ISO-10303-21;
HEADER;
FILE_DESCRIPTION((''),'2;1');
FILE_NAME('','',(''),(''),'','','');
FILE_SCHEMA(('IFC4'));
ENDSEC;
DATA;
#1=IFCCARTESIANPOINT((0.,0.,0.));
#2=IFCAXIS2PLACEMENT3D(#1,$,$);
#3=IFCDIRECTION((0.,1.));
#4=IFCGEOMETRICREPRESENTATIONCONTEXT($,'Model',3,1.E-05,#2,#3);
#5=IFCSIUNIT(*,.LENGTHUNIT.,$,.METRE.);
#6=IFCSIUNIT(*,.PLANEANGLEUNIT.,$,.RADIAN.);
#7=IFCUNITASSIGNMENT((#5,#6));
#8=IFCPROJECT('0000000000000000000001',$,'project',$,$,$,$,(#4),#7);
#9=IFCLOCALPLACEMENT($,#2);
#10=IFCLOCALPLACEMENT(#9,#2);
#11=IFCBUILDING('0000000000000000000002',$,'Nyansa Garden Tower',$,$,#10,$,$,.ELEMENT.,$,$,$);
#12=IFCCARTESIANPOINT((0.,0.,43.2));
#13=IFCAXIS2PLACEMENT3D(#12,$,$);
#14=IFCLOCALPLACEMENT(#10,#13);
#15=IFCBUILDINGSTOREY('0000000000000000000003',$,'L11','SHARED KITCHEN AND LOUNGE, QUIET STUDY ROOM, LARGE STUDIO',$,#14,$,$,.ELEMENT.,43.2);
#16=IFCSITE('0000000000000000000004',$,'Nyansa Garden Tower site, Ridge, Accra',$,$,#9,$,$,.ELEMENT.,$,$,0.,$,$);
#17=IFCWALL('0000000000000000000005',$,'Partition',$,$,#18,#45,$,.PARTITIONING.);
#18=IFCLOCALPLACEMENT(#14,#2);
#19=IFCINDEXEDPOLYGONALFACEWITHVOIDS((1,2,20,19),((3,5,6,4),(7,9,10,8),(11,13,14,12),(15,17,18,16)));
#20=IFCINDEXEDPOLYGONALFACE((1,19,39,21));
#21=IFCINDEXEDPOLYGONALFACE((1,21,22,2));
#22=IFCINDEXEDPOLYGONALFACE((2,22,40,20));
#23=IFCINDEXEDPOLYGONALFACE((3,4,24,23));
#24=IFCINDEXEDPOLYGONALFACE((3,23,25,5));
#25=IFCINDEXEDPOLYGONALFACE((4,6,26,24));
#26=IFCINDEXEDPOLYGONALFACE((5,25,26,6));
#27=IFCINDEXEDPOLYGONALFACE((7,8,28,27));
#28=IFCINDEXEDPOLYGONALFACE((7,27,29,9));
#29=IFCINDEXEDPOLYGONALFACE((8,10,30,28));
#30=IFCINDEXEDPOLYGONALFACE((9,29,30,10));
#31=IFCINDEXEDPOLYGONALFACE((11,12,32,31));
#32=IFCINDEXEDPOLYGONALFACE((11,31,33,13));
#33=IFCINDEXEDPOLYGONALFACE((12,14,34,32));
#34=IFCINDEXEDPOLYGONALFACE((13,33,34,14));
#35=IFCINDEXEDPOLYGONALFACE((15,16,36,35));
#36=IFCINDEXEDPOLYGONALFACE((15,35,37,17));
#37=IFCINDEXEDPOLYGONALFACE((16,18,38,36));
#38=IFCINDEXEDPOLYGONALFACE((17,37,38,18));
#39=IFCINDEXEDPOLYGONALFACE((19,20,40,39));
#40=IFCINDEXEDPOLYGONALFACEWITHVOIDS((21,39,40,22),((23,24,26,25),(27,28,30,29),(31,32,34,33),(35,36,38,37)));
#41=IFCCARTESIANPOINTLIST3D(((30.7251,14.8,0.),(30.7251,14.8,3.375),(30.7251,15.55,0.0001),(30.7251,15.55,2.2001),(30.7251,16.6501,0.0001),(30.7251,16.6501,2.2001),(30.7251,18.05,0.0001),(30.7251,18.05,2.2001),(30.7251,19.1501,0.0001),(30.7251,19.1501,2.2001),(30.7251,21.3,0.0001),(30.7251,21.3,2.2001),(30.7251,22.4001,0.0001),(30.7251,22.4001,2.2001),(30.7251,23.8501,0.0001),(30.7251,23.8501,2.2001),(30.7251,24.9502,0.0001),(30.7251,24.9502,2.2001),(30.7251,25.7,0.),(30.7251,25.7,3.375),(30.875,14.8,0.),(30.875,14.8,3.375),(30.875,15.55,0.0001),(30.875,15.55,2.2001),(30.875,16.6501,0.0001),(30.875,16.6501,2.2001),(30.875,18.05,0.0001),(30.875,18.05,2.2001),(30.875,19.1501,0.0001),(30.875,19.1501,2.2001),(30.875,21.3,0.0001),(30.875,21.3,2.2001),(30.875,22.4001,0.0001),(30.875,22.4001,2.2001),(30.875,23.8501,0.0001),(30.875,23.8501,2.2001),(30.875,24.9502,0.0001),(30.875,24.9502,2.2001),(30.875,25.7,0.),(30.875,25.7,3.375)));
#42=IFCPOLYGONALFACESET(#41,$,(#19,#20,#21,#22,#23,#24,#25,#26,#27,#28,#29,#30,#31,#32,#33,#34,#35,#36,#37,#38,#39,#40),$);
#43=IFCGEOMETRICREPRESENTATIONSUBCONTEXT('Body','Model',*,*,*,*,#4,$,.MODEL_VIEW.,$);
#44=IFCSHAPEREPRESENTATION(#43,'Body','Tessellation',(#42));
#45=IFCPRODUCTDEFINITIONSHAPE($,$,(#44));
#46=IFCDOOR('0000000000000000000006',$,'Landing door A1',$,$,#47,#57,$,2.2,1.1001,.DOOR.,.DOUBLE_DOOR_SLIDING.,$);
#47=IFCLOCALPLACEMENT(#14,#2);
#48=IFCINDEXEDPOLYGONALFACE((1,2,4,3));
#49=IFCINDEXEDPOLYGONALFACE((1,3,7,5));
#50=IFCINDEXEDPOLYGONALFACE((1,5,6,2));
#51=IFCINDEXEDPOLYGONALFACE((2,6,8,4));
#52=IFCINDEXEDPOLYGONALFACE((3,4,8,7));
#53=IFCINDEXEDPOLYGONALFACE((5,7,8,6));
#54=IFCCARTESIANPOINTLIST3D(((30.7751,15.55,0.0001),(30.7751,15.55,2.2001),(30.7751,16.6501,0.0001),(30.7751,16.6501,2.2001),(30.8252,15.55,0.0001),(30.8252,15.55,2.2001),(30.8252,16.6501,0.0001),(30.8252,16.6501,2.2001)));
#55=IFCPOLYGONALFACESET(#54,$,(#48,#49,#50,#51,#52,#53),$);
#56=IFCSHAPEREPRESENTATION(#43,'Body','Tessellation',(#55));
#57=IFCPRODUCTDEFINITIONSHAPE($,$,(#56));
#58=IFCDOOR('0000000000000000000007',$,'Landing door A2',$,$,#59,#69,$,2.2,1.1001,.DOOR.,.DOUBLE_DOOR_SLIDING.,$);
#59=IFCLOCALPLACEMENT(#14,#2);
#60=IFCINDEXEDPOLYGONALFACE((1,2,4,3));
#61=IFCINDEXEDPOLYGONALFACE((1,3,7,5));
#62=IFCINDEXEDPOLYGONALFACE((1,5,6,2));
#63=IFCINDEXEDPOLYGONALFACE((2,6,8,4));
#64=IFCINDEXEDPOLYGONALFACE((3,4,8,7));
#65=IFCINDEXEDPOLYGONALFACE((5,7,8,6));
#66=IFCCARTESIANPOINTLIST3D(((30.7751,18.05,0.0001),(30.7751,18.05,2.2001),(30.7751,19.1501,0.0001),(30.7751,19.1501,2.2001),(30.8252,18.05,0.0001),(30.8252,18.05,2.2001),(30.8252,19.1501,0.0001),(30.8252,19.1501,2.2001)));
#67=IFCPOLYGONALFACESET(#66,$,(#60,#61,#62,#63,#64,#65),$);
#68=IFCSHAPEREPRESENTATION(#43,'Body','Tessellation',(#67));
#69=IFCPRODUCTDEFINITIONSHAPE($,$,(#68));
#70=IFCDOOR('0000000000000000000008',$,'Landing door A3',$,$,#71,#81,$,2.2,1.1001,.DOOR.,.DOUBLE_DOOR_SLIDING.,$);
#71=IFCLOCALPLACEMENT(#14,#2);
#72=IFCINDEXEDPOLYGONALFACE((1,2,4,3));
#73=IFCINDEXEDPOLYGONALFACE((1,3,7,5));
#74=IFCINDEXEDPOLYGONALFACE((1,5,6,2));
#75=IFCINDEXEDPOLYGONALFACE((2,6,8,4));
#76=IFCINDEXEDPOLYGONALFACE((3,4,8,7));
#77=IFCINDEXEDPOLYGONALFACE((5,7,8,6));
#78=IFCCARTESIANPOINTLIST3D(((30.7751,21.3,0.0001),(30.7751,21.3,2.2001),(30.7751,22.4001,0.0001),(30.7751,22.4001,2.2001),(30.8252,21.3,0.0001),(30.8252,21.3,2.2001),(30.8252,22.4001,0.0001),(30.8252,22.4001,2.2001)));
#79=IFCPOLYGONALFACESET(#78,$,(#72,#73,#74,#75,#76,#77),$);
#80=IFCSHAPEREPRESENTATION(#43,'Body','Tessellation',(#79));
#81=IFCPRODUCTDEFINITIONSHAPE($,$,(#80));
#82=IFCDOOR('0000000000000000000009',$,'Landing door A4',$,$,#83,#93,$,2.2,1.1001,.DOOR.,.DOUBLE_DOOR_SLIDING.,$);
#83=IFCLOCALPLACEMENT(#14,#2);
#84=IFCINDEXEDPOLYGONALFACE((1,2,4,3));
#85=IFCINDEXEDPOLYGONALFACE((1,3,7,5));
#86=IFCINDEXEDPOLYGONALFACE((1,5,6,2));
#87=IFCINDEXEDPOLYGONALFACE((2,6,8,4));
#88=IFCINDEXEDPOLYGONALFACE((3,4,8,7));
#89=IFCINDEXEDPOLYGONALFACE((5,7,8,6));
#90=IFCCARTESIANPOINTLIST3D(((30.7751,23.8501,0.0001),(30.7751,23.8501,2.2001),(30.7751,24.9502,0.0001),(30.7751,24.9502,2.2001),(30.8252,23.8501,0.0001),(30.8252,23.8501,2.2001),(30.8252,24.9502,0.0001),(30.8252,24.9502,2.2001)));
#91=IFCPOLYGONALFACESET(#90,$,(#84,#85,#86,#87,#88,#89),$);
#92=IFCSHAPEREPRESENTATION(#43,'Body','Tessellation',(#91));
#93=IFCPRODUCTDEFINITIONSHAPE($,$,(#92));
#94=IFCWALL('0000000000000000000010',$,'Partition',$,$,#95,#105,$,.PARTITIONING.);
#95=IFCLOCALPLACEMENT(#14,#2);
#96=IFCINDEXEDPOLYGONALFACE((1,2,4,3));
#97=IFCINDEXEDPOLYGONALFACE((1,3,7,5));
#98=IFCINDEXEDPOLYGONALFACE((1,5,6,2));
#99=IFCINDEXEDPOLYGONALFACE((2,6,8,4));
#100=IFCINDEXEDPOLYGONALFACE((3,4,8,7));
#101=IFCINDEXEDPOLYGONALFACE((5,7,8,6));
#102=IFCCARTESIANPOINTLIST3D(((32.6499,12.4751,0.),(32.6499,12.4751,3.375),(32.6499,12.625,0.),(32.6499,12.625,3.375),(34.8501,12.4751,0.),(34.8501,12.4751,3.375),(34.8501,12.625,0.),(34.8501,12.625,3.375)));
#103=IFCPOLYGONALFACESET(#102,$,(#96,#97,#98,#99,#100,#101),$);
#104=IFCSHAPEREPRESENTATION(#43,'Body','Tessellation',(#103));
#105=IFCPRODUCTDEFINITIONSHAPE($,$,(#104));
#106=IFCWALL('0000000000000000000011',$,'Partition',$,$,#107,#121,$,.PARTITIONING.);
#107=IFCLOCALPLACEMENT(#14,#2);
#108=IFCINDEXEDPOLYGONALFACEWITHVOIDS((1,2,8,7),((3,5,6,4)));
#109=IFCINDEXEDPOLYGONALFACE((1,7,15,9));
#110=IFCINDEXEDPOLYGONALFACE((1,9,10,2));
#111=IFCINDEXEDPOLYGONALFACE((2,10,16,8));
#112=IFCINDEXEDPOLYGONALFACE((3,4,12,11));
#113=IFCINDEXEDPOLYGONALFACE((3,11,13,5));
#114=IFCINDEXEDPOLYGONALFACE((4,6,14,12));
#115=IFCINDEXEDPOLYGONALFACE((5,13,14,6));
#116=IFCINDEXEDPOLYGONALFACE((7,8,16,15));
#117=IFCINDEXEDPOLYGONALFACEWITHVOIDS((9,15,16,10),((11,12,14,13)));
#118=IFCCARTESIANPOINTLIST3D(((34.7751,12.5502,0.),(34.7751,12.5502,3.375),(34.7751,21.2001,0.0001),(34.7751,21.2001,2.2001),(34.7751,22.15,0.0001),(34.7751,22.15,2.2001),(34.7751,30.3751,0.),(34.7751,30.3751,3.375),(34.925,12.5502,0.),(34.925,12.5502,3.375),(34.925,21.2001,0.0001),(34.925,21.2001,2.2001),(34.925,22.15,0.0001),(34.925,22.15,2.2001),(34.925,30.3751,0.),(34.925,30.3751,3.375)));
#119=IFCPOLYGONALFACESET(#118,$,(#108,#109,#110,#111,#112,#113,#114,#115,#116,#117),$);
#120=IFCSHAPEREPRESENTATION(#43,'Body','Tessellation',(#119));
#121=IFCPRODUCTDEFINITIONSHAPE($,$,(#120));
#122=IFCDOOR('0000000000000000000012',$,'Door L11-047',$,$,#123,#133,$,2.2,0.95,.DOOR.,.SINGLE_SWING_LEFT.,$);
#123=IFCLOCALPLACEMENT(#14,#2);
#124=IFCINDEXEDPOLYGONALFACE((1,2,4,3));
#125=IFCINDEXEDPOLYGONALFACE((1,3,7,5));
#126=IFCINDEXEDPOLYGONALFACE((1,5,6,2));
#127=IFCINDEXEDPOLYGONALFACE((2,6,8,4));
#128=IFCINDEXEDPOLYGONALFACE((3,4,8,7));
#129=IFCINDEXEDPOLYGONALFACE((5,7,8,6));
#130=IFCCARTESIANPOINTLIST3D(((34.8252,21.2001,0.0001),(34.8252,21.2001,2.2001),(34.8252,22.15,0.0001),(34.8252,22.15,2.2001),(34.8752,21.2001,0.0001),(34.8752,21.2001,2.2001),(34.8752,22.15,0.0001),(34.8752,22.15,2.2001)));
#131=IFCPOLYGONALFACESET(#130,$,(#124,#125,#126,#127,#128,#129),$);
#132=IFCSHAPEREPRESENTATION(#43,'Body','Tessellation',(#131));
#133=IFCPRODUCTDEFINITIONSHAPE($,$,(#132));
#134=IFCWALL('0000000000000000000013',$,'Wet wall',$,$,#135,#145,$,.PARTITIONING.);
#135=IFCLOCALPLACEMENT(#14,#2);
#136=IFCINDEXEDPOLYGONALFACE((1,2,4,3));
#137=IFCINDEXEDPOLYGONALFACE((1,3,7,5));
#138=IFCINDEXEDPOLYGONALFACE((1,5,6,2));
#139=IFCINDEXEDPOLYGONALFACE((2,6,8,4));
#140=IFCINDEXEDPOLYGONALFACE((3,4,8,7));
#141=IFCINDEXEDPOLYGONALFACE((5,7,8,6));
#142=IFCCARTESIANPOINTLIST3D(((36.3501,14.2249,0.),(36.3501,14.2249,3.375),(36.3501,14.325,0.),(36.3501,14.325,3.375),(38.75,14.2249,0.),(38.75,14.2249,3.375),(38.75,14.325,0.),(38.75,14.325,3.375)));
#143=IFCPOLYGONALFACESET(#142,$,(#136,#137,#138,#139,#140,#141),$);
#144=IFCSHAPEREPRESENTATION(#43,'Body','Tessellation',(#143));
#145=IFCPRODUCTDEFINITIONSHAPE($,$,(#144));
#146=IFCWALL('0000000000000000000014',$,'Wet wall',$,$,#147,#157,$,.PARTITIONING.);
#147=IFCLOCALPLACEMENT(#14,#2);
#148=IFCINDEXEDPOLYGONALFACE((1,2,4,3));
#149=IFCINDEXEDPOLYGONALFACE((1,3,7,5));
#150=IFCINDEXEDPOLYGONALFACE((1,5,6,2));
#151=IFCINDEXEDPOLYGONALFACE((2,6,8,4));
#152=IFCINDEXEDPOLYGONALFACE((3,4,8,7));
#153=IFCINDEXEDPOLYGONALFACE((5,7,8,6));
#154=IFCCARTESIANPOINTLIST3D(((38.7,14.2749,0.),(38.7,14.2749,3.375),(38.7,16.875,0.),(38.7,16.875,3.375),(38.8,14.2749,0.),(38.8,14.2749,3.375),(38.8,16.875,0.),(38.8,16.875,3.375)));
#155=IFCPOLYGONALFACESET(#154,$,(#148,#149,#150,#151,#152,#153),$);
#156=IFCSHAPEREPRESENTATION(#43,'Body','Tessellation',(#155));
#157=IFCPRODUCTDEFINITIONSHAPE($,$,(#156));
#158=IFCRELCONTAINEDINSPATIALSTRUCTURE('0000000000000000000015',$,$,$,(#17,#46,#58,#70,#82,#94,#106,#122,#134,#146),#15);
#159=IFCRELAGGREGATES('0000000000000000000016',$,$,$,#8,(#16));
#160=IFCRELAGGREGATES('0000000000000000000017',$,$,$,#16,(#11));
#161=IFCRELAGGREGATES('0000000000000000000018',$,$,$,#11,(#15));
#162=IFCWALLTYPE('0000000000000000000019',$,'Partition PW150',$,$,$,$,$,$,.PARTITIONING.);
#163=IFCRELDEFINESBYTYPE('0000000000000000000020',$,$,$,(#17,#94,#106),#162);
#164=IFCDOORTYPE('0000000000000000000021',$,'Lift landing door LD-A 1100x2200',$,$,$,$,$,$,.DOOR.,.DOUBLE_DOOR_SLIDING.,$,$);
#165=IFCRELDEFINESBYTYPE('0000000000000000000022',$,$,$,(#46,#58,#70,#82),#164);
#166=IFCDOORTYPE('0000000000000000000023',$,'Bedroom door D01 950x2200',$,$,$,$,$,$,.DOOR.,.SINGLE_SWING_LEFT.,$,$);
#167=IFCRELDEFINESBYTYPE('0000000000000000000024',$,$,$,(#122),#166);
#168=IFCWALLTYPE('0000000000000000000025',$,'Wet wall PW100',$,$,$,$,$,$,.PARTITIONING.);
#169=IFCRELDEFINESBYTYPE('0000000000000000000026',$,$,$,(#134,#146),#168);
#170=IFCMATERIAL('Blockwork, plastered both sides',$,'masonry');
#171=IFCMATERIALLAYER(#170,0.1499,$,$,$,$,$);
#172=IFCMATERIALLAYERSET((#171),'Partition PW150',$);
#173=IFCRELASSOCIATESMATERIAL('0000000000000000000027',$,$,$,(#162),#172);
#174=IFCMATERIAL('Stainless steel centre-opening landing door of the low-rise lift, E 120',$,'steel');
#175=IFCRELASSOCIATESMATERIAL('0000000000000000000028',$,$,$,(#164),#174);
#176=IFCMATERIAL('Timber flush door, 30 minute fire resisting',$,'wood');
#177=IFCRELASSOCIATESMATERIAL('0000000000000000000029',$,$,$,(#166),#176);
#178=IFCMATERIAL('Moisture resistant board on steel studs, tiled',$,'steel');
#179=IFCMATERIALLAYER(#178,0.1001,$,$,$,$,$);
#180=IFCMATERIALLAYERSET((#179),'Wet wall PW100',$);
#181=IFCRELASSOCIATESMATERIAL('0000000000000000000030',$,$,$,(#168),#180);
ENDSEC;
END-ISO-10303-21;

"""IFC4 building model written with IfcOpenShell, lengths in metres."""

from ifc_helpers import new_model, si_unit, direction, frame, frame_2d, origin, place, context, subcontext, project, spatial, rectangle, extrude, material, layer, layer_set, type_object, element, fill, save


model = new_model("IFC4")

# Units and contexts
model_context = context("Model", 3, precision=1e-05, world=origin(), true_north=direction((0.0, 1.0)))
body_context = subcontext(model_context, "Body", "Model", "MODEL_VIEW")
ifc_project = project(units=[si_unit("LENGTHUNIT", "METRE"), si_unit("PLANEANGLEUNIT", "RADIAN")], contexts=[model_context])

# Site, building, storey
site_placement = place(None, origin())
site = spatial("IfcSite", under=ifc_project, at=site_placement, Name="Nyansa Garden Tower site, Ridge, Accra", CompositionType="ELEMENT", RefElevation=0.0)
building_placement = place(site_placement, origin())
building = spatial("IfcBuilding", under=site, at=building_placement, Name="Nyansa Garden Tower", CompositionType="ELEMENT")
storey_placement = place(building_placement, frame((0.0, 0.0, 43.2)))
storey = spatial("IfcBuildingStorey", under=building, at=storey_placement, Name="L11", Description="SHARED KITCHEN AND LOUNGE, QUIET STUDY ROOM, LARGE STUDIO", CompositionType="ELEMENT", Elevation=43.2)

# Wall, openings, doors
ifc_material_1 = material(Name="Blockwork, plastered both sides", Category="masonry")
ifc_layer_1 = layer(ifc_material_1, 0.1499)
ifc_layer_set_1 = layer_set([ifc_layer_1], Name="Partition PW150")
wall_type_1 = type_object("IfcWallType", Name="Partition PW150", PredefinedType="PARTITIONING", material=ifc_layer_set_1)
wall_1_placement = place(storey_placement, frame((30.8, 14.8, 0.0), z_axis=(0.0, 0.0, 1.0), x_axis=(0.0, 1.0, 0.0)))
wall_1 = element("IfcWall", 1, at=wall_1_placement, inside=storey, type_object=wall_type_1, Name="Partition", PredefinedType="PARTITIONING", context=body_context, shape_type="SweptSolid", body=[
    extrude(rectangle(XDim=10.8999, YDim=0.1499, at=frame_2d((5.45, 0.0))), origin(), (0.0, 0.0, 1.0), 3.375),
])
opening_1_placement = place(wall_1_placement, frame((0.75, 0.0, 0.0)))
opening_1 = element("IfcOpeningElement", 2, at=opening_1_placement, cuts=wall_1, PredefinedType="OPENING", context=body_context, shape_type="SweptSolid", body=[
    extrude(rectangle(XDim=1.1001, YDim=2.2, at=frame_2d((0.55, 1.1001))), frame((0.0, 0.085, 0.0), z_axis=(0.0, -1.0, 0.0), x_axis=(1.0, 0.0, 0.0)), (0.0, 0.0, 1.0), 0.1699),
])
opening_2_placement = place(wall_1_placement, frame((3.25, 0.0, 0.0)))
opening_2 = element("IfcOpeningElement", 3, at=opening_2_placement, cuts=wall_1, PredefinedType="OPENING", context=body_context, shape_type="SweptSolid", body=[
    extrude(rectangle(XDim=1.1001, YDim=2.2, at=frame_2d((0.55, 1.1001))), frame((0.0, 0.085, 0.0), z_axis=(0.0, -1.0, 0.0), x_axis=(1.0, 0.0, 0.0)), (0.0, 0.0, 1.0), 0.1699),
])
opening_3_placement = place(wall_1_placement, frame((6.5, 0.0, 0.0)))
opening_3 = element("IfcOpeningElement", 4, at=opening_3_placement, cuts=wall_1, PredefinedType="OPENING", context=body_context, shape_type="SweptSolid", body=[
    extrude(rectangle(XDim=1.1001, YDim=2.2, at=frame_2d((0.55, 1.1001))), frame((0.0, 0.085, 0.0), z_axis=(0.0, -1.0, 0.0), x_axis=(1.0, 0.0, 0.0)), (0.0, 0.0, 1.0), 0.1699),
])
opening_4_placement = place(wall_1_placement, frame((9.05, 0.0, 0.0)))
opening_4 = element("IfcOpeningElement", 5, at=opening_4_placement, cuts=wall_1, PredefinedType="OPENING", context=body_context, shape_type="SweptSolid", body=[
    extrude(rectangle(XDim=1.1001, YDim=2.2, at=frame_2d((0.55, 1.1001))), frame((0.0, 0.085, 0.0), z_axis=(0.0, -1.0, 0.0), x_axis=(1.0, 0.0, 0.0)), (0.0, 0.0, 1.0), 0.1699),
])
ifc_material_2 = material(Name="Stainless steel centre-opening landing door of the low-rise lift, E 120", Category="steel")
door_type_1 = type_object("IfcDoorType", Name="Lift landing door LD-A 1100x2200", OperationType="DOUBLE_DOOR_SLIDING", PredefinedType="DOOR", material=ifc_material_2)
door_1_placement = place(opening_1_placement, origin())
door_1 = element("IfcDoor", 6, at=door_1_placement, inside=storey, type_object=door_type_1, Name="Landing door A1", OperationType="DOUBLE_DOOR_SLIDING", OverallHeight=2.2, OverallWidth=1.1001, PredefinedType="DOOR", context=body_context, shape_type="SweptSolid", body=[
    extrude(rectangle(XDim=1.1001, YDim=2.2, at=frame_2d((0.55, 1.1001))), frame((0.0, 0.0249, 0.0), z_axis=(0.0, -1.0, 0.0), x_axis=(1.0, 0.0, 0.0)), (0.0, 0.0, 1.0), 0.05),
])
fill(opening_1, door_1)
door_2_placement = place(opening_2_placement, origin())
door_2 = element("IfcDoor", 7, at=door_2_placement, inside=storey, type_object=door_type_1, Name="Landing door A2", OperationType="DOUBLE_DOOR_SLIDING", OverallHeight=2.2, OverallWidth=1.1001, PredefinedType="DOOR", context=body_context, shape_type="SweptSolid", body=[
    extrude(rectangle(XDim=1.1001, YDim=2.2, at=frame_2d((0.55, 1.1001))), frame((0.0, 0.0249, 0.0), z_axis=(0.0, -1.0, 0.0), x_axis=(1.0, 0.0, 0.0)), (0.0, 0.0, 1.0), 0.05),
])
fill(opening_2, door_2)
door_3_placement = place(opening_3_placement, origin())
door_3 = element("IfcDoor", 8, at=door_3_placement, inside=storey, type_object=door_type_1, Name="Landing door A3", OperationType="DOUBLE_DOOR_SLIDING", OverallHeight=2.2, OverallWidth=1.1001, PredefinedType="DOOR", context=body_context, shape_type="SweptSolid", body=[
    extrude(rectangle(XDim=1.1001, YDim=2.2, at=frame_2d((0.55, 1.1001))), frame((0.0, 0.0249, 0.0), z_axis=(0.0, -1.0, 0.0), x_axis=(1.0, 0.0, 0.0)), (0.0, 0.0, 1.0), 0.05),
])
fill(opening_3, door_3)
door_4_placement = place(opening_4_placement, origin())
door_4 = element("IfcDoor", 9, at=door_4_placement, inside=storey, type_object=door_type_1, Name="Landing door A4", OperationType="DOUBLE_DOOR_SLIDING", OverallHeight=2.2, OverallWidth=1.1001, PredefinedType="DOOR", context=body_context, shape_type="SweptSolid", body=[
    extrude(rectangle(XDim=1.1001, YDim=2.2, at=frame_2d((0.55, 1.1001))), frame((0.0, 0.0249, 0.0), z_axis=(0.0, -1.0, 0.0), x_axis=(1.0, 0.0, 0.0)), (0.0, 0.0, 1.0), 0.05),
])
fill(opening_4, door_4)

# Wall
wall_2_placement = place(storey_placement, frame((32.6499, 12.55, 0.0), z_axis=(0.0, 0.0, 1.0), x_axis=(1.0, 0.0, 0.0)))
element("IfcWall", 10, at=wall_2_placement, inside=storey, type_object=wall_type_1, Name="Partition", PredefinedType="PARTITIONING", context=body_context, shape_type="SweptSolid", body=[
    extrude(rectangle(XDim=2.2002, YDim=0.1499, at=frame_2d((1.1001, 0.0))), origin(), (0.0, 0.0, 1.0), 3.375),
])

# Wall, opening, door
wall_3_placement = place(storey_placement, frame((34.8501, 12.55, 0.0), z_axis=(0.0, 0.0, 1.0), x_axis=(0.0, 1.0, 0.0)))
wall_3 = element("IfcWall", 11, at=wall_3_placement, inside=storey, type_object=wall_type_1, Name="Partition", PredefinedType="PARTITIONING", context=body_context, shape_type="SweptSolid", body=[
    extrude(rectangle(XDim=17.825, YDim=0.1499, at=frame_2d((8.9126, 0.0))), origin(), (0.0, 0.0, 1.0), 3.375),
])
opening_5_placement = place(wall_3_placement, frame((8.6499, 0.0, 0.0)))
opening_5 = element("IfcOpeningElement", 12, at=opening_5_placement, cuts=wall_3, PredefinedType="OPENING", context=body_context, shape_type="SweptSolid", body=[
    extrude(rectangle(XDim=0.95, YDim=2.2, at=frame_2d((0.4751, 1.1001))), frame((0.0, 0.085, 0.0), z_axis=(0.0, -1.0, 0.0), x_axis=(1.0, 0.0, 0.0)), (0.0, 0.0, 1.0), 0.1699),
])
ifc_material_3 = material(Name="Timber flush door, 30 minute fire resisting", Category="wood")
door_type_2 = type_object("IfcDoorType", Name="Bedroom door D01 950x2200", OperationType="SINGLE_SWING_LEFT", PredefinedType="DOOR", material=ifc_material_3)
door_5_placement = place(opening_5_placement, origin())
door_5 = element("IfcDoor", 13, at=door_5_placement, inside=storey, type_object=door_type_2, Name="Door L11-047", OperationType="SINGLE_SWING_LEFT", OverallHeight=2.2, OverallWidth=0.95, PredefinedType="DOOR", context=body_context, shape_type="SweptSolid", body=[
    extrude(rectangle(XDim=0.95, YDim=2.2, at=frame_2d((0.4751, 1.1001))), frame((0.0, 0.0249, 0.0), z_axis=(0.0, -1.0, 0.0), x_axis=(1.0, 0.0, 0.0)), (0.0, 0.0, 1.0), 0.05),
])
fill(opening_5, door_5)

# Walls
ifc_material_4 = material(Name="Moisture resistant board on steel studs, tiled", Category="steel")
ifc_layer_2 = layer(ifc_material_4, 0.1001)
ifc_layer_set_2 = layer_set([ifc_layer_2], Name="Wet wall PW100")
wall_type_2 = type_object("IfcWallType", Name="Wet wall PW100", PredefinedType="PARTITIONING", material=ifc_layer_set_2)
wall_4_placement = place(storey_placement, frame((36.3501, 14.2749, 0.0), z_axis=(0.0, 0.0, 1.0), x_axis=(1.0, 0.0, 0.0)))
element("IfcWall", 14, at=wall_4_placement, inside=storey, type_object=wall_type_2, Name="Wet wall", PredefinedType="PARTITIONING", context=body_context, shape_type="SweptSolid", body=[
    extrude(rectangle(XDim=2.3999, YDim=0.1001, at=frame_2d((1.2, 0.0))), origin(), (0.0, 0.0, 1.0), 3.375),
])
wall_5_placement = place(storey_placement, frame((38.75, 14.2749, 0.0), z_axis=(0.0, 0.0, 1.0), x_axis=(0.0, 1.0, 0.0)))
element("IfcWall", 15, at=wall_5_placement, inside=storey, type_object=wall_type_2, Name="Wet wall", PredefinedType="PARTITIONING", context=body_context, shape_type="SweptSolid", body=[
    extrude(rectangle(XDim=2.6001, YDim=0.1001, at=frame_2d((1.3, 0.0))), origin(), (0.0, 0.0, 1.0), 3.375),
])

save(model, "model.ifc")
